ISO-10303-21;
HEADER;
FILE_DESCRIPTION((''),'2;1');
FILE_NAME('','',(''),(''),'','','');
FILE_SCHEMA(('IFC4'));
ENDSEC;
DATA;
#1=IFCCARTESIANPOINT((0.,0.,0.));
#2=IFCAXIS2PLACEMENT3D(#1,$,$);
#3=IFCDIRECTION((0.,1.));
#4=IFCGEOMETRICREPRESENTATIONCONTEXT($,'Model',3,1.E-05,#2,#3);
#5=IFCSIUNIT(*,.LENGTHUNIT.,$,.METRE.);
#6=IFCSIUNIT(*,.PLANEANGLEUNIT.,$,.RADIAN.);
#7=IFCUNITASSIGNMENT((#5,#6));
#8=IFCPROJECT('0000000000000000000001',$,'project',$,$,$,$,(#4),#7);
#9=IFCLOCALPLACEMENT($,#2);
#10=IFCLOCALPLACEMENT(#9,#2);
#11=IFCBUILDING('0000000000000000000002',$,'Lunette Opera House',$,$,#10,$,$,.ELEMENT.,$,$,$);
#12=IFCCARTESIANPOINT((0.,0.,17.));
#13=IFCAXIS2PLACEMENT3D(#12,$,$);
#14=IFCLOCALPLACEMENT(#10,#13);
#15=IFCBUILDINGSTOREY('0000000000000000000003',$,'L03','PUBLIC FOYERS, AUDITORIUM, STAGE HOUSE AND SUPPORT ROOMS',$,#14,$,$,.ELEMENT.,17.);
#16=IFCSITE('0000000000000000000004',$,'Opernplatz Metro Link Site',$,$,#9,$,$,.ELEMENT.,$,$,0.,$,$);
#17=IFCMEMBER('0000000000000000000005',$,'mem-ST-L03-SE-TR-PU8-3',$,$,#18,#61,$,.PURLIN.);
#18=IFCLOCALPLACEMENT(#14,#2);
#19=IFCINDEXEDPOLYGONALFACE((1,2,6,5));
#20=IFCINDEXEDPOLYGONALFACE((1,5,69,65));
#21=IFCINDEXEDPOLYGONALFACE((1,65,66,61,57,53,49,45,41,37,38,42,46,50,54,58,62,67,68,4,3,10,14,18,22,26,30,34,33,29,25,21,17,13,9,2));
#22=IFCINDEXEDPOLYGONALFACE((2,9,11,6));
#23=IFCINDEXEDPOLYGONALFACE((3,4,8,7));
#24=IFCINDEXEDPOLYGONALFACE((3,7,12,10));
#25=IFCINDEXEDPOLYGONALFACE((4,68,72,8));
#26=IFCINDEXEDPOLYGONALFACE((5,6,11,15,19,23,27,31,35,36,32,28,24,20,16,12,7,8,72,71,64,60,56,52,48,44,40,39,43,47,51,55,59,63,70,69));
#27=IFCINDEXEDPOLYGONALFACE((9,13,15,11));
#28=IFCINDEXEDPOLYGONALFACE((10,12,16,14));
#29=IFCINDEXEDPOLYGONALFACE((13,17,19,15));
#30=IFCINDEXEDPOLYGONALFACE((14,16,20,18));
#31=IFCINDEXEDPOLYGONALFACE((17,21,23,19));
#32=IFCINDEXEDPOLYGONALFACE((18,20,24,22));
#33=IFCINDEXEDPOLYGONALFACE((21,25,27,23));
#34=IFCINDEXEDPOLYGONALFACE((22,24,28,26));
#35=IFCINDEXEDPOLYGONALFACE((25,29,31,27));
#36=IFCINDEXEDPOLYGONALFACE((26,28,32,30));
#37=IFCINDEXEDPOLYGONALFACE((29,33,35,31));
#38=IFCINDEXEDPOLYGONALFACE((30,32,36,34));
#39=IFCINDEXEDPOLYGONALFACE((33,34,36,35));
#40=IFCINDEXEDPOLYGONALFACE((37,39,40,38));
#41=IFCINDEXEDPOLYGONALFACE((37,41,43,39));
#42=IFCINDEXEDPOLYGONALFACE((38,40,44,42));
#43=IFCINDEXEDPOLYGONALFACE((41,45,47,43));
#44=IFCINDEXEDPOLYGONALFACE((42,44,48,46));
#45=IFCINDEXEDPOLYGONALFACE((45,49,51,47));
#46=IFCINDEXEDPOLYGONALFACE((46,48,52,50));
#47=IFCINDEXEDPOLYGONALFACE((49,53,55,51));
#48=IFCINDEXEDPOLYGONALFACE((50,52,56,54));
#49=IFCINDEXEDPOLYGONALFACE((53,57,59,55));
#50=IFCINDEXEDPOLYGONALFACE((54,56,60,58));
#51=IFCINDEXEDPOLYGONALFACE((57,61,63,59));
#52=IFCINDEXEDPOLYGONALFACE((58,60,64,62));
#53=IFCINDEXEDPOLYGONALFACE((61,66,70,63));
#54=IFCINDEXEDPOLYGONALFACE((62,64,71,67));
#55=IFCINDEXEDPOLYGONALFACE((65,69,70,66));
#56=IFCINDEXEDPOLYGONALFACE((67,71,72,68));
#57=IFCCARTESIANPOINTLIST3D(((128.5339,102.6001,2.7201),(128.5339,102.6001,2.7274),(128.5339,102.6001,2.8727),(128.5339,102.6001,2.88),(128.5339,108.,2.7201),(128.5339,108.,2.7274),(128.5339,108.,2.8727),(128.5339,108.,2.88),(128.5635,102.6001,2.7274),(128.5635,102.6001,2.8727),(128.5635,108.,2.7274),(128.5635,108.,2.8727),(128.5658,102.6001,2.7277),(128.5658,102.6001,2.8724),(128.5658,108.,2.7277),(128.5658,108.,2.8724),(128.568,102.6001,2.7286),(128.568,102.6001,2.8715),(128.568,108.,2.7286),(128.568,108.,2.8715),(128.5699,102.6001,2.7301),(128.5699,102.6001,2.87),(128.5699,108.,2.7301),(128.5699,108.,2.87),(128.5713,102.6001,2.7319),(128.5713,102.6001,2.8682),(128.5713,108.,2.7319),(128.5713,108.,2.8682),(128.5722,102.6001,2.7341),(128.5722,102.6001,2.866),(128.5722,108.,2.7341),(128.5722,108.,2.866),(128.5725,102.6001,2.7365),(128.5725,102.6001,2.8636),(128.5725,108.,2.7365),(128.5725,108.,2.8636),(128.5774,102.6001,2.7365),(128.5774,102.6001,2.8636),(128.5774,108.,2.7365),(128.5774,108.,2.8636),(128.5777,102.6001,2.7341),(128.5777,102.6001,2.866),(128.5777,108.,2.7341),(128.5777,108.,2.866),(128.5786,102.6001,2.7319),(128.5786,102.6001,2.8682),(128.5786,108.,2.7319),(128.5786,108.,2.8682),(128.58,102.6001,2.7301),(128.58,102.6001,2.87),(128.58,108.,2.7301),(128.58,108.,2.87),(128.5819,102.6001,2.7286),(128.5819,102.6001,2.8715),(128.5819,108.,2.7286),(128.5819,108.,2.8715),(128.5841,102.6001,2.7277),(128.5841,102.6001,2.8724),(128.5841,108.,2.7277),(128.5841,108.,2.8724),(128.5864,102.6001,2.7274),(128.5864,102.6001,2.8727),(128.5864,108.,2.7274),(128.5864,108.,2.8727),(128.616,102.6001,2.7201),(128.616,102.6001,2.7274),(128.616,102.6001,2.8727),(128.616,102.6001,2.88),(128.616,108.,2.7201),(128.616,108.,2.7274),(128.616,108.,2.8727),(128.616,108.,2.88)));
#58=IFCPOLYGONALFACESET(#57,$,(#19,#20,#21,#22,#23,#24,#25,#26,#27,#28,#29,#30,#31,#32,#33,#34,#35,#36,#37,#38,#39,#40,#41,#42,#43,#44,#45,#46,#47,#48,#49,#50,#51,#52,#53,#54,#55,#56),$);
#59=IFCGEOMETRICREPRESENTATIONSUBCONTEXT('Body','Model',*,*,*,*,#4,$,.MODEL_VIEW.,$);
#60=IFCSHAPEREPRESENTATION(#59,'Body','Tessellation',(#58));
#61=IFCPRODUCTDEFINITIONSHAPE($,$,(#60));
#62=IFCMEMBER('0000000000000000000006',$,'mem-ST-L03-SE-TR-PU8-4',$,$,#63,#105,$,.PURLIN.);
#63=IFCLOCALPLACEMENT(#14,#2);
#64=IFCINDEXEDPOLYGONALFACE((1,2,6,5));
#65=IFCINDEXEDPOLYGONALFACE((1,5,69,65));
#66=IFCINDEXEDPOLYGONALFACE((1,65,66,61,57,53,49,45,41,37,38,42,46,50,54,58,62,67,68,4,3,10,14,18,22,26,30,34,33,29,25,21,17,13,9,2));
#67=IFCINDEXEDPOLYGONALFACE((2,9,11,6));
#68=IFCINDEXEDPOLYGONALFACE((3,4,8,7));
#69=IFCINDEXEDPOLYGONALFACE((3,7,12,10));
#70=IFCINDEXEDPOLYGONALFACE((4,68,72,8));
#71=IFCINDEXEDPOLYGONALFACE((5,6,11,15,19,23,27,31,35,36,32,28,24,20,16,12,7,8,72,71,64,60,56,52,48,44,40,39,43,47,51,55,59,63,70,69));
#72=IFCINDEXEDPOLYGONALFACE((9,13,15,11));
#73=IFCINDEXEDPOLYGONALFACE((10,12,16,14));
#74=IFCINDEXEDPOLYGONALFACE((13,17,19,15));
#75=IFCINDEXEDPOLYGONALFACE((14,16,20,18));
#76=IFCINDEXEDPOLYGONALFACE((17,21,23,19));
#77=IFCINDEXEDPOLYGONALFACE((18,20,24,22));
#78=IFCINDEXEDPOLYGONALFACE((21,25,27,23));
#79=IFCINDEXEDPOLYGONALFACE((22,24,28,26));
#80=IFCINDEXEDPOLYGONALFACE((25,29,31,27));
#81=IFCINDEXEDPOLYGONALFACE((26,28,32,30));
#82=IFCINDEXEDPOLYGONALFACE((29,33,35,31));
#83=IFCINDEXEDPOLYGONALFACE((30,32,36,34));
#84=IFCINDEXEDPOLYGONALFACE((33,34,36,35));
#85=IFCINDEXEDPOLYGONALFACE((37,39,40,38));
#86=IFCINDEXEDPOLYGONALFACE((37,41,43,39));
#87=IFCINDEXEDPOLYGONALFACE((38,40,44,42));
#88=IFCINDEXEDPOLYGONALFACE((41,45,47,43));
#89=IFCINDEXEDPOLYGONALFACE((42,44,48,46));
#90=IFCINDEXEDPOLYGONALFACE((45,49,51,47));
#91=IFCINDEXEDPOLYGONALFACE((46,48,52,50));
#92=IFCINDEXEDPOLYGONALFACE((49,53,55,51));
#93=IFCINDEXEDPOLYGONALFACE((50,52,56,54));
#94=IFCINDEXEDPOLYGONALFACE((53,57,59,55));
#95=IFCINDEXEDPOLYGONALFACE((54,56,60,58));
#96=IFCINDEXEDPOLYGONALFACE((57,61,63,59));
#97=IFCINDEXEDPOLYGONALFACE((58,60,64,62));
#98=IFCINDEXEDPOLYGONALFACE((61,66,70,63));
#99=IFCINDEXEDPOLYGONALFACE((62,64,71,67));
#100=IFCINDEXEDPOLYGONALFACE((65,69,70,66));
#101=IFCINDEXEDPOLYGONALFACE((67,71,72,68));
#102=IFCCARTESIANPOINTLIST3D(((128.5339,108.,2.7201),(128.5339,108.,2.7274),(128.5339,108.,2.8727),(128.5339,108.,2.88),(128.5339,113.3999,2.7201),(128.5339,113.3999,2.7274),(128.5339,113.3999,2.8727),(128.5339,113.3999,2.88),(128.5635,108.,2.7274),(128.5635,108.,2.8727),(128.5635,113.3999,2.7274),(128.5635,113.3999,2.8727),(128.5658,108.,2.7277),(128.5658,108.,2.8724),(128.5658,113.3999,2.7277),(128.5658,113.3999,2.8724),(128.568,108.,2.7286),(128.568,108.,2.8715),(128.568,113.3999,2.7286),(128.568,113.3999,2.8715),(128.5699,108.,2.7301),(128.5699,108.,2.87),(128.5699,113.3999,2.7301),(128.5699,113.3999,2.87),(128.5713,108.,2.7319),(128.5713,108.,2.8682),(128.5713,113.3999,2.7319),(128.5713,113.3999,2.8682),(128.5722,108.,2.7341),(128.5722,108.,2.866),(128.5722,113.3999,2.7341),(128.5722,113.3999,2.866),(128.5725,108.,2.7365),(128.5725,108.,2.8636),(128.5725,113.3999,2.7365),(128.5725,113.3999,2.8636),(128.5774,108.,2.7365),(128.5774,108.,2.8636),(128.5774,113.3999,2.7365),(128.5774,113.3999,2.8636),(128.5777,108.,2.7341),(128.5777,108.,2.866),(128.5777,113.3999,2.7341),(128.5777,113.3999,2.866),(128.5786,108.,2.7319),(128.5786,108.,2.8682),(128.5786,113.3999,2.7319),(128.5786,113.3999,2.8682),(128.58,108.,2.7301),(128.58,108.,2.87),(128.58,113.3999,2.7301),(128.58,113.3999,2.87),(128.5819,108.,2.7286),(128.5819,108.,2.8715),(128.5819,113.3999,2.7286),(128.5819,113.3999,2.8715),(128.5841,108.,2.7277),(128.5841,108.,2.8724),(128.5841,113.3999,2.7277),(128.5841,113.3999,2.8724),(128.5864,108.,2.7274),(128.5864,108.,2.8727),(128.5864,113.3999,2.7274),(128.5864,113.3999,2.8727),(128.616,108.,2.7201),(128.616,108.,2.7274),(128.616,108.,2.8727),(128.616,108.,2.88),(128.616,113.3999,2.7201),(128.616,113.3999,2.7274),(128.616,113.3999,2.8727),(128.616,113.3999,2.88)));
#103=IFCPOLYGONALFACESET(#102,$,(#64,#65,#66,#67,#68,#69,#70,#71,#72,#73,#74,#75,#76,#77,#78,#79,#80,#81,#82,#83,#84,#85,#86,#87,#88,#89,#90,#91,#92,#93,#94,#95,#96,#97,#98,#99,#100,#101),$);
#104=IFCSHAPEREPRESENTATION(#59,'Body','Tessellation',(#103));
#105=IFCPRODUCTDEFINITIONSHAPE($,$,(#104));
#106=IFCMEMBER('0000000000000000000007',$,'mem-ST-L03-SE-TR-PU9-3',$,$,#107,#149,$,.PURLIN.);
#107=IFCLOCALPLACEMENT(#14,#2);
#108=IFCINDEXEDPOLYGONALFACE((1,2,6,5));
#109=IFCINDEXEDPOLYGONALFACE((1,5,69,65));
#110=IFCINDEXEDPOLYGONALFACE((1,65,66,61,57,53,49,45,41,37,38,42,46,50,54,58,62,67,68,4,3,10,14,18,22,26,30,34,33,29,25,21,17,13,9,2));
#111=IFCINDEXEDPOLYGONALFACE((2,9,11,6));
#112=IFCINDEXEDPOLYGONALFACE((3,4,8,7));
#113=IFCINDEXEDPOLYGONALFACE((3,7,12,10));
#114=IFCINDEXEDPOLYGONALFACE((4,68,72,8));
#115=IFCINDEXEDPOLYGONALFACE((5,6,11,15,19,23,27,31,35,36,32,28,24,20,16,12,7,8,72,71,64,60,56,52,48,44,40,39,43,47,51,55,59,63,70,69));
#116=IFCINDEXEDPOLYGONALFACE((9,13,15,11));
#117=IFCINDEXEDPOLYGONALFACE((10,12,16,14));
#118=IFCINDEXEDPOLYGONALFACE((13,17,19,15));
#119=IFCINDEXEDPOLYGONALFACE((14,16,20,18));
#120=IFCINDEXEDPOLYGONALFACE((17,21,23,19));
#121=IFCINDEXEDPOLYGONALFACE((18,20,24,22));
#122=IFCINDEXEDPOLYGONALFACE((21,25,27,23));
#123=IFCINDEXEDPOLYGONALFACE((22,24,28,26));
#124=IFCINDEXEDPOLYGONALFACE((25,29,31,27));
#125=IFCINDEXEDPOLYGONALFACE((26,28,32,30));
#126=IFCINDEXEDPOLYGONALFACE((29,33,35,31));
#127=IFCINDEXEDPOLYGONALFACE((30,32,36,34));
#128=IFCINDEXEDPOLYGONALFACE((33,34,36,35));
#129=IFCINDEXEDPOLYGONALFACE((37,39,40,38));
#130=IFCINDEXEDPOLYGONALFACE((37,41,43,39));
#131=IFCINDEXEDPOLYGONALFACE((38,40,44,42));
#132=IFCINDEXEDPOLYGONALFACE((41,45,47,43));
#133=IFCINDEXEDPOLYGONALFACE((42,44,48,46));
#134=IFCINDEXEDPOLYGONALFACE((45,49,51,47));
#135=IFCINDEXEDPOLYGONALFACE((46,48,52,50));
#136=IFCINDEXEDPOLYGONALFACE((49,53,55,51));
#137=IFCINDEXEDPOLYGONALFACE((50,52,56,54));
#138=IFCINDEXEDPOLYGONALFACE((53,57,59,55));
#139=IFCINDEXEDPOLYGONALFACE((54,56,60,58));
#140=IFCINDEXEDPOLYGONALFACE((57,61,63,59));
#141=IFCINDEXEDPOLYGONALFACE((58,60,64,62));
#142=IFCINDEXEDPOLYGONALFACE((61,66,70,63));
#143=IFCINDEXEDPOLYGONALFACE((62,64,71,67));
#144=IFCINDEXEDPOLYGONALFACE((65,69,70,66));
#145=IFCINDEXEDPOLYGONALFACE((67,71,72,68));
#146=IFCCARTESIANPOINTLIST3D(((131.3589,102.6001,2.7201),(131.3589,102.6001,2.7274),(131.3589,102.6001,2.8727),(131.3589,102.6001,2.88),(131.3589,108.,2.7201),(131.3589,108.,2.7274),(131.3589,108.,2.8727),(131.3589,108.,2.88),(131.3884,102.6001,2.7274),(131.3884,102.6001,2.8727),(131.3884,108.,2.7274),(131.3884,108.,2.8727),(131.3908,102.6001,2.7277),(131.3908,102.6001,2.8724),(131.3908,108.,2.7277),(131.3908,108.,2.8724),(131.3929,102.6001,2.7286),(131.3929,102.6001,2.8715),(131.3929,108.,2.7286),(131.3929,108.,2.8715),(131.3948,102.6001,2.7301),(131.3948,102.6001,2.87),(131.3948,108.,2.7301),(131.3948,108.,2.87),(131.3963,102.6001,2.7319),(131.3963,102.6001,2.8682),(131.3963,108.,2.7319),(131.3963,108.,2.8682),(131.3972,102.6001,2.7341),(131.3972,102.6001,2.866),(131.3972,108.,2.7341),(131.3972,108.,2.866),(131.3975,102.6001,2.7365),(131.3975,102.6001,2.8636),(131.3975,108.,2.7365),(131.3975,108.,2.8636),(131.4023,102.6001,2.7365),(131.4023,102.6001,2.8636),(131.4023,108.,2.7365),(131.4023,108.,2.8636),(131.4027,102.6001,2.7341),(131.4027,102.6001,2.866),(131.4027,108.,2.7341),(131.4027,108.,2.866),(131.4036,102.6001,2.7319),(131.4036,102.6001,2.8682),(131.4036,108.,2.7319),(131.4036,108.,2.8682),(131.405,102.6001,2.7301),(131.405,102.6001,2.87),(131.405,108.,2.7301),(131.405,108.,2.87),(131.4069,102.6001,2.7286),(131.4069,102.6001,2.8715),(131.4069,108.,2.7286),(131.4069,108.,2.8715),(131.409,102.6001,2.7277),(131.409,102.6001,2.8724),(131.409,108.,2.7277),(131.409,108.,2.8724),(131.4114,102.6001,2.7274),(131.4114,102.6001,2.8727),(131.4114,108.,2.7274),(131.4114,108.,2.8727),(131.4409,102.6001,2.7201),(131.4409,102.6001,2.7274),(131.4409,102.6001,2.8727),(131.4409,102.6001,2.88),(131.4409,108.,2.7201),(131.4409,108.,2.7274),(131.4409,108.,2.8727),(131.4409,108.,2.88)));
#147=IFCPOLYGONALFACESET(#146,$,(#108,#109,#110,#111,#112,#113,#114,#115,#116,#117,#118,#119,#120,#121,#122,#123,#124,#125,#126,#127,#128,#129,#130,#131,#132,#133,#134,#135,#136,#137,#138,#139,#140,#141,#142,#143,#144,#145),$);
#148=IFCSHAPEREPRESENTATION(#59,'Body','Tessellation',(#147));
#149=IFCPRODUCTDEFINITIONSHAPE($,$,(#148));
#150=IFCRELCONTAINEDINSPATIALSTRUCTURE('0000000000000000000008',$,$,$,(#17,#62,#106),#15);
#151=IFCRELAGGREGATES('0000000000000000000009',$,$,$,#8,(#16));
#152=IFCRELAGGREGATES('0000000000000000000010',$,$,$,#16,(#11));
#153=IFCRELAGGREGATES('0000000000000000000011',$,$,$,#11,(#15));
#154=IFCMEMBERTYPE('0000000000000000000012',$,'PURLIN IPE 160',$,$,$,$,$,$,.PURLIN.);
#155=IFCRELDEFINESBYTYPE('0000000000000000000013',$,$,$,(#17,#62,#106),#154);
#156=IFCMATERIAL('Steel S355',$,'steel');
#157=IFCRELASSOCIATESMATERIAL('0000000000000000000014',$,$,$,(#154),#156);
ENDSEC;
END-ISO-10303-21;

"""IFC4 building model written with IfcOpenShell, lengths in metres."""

from ifc_helpers import new_model, si_unit, direction, frame, origin, origin_2d, place, context, subcontext, project, spatial, i_section, extrude, material, material_profile, profile_set, type_object, element, save


model = new_model("IFC4")

# Units and contexts
model_context = context("Model", 3, precision=1e-05, world=origin(), true_north=direction((0.0, 1.0)))
body_context = subcontext(model_context, "Body", "Model", "MODEL_VIEW")
ifc_project = project(units=[si_unit("LENGTHUNIT", "METRE"), si_unit("PLANEANGLEUNIT", "RADIAN")], contexts=[model_context])

# Site, building, storey
site_placement = place(None, origin())
site = spatial("IfcSite", under=ifc_project, at=site_placement, Name="Opernplatz Metro Link Site", CompositionType="ELEMENT", RefElevation=0.0)
building_placement = place(site_placement, origin())
building = spatial("IfcBuilding", under=site, at=building_placement, Name="Lunette Opera House", CompositionType="ELEMENT")
storey_placement = place(building_placement, frame((0.0, 0.0, 17.0)))
storey = spatial("IfcBuildingStorey", under=building, at=storey_placement, Name="L03", Description="PUBLIC FOYERS, AUDITORIUM, STAGE HOUSE AND SUPPORT ROOMS", CompositionType="ELEMENT", Elevation=17.0)

# Members
ifc_material_1 = material(Name="Steel S355", Category="steel")
ifc_material_profile_1 = material_profile(ifc_material_1, i_section(OverallWidth=0.082, OverallDepth=0.1599, WebThickness=0.0049, FlangeThickness=0.0073, FilletRadius=0.009, at=origin_2d()), Name="IPE 160")
ifc_profile_set_1 = profile_set([ifc_material_profile_1], Name="Steel S355")
member_type_1 = type_object("IfcMemberType", Name="PURLIN IPE 160", PredefinedType="PURLIN", material=ifc_profile_set_1)
for number, where, z_axis, x_axis, name in (
    (1, (128.575, 102.6001, 2.8), (0.0, 1.0, 0.0), (-1.0, 0.0, 0.0), "mem-ST-L03-SE-TR-PU8-3"),
    (2, (128.575, 108.0, 2.8), (0.0, 1.0, 0.0), (-1.0, 0.0, 0.0), "mem-ST-L03-SE-TR-PU8-4"),
    (3, (131.3999, 102.6001, 2.8), (0.0, 1.0, 0.0), (-1.0, 0.0, 0.0), "mem-ST-L03-SE-TR-PU9-3"),
):
    element("IfcMember", number, at=place(storey_placement, frame(where, z_axis=z_axis, x_axis=x_axis)), inside=storey, type_object=member_type_1, Name=name, PredefinedType="PURLIN", context=body_context, shape_type="SweptSolid", body=[
        extrude(i_section(OverallWidth=0.082, OverallDepth=0.1599, WebThickness=0.0049, FlangeThickness=0.0073, FilletRadius=0.009, at=origin_2d()), origin(), (0.0, 0.0, 1.0), 5.3999),
    ])

save(model, "model.ifc")
